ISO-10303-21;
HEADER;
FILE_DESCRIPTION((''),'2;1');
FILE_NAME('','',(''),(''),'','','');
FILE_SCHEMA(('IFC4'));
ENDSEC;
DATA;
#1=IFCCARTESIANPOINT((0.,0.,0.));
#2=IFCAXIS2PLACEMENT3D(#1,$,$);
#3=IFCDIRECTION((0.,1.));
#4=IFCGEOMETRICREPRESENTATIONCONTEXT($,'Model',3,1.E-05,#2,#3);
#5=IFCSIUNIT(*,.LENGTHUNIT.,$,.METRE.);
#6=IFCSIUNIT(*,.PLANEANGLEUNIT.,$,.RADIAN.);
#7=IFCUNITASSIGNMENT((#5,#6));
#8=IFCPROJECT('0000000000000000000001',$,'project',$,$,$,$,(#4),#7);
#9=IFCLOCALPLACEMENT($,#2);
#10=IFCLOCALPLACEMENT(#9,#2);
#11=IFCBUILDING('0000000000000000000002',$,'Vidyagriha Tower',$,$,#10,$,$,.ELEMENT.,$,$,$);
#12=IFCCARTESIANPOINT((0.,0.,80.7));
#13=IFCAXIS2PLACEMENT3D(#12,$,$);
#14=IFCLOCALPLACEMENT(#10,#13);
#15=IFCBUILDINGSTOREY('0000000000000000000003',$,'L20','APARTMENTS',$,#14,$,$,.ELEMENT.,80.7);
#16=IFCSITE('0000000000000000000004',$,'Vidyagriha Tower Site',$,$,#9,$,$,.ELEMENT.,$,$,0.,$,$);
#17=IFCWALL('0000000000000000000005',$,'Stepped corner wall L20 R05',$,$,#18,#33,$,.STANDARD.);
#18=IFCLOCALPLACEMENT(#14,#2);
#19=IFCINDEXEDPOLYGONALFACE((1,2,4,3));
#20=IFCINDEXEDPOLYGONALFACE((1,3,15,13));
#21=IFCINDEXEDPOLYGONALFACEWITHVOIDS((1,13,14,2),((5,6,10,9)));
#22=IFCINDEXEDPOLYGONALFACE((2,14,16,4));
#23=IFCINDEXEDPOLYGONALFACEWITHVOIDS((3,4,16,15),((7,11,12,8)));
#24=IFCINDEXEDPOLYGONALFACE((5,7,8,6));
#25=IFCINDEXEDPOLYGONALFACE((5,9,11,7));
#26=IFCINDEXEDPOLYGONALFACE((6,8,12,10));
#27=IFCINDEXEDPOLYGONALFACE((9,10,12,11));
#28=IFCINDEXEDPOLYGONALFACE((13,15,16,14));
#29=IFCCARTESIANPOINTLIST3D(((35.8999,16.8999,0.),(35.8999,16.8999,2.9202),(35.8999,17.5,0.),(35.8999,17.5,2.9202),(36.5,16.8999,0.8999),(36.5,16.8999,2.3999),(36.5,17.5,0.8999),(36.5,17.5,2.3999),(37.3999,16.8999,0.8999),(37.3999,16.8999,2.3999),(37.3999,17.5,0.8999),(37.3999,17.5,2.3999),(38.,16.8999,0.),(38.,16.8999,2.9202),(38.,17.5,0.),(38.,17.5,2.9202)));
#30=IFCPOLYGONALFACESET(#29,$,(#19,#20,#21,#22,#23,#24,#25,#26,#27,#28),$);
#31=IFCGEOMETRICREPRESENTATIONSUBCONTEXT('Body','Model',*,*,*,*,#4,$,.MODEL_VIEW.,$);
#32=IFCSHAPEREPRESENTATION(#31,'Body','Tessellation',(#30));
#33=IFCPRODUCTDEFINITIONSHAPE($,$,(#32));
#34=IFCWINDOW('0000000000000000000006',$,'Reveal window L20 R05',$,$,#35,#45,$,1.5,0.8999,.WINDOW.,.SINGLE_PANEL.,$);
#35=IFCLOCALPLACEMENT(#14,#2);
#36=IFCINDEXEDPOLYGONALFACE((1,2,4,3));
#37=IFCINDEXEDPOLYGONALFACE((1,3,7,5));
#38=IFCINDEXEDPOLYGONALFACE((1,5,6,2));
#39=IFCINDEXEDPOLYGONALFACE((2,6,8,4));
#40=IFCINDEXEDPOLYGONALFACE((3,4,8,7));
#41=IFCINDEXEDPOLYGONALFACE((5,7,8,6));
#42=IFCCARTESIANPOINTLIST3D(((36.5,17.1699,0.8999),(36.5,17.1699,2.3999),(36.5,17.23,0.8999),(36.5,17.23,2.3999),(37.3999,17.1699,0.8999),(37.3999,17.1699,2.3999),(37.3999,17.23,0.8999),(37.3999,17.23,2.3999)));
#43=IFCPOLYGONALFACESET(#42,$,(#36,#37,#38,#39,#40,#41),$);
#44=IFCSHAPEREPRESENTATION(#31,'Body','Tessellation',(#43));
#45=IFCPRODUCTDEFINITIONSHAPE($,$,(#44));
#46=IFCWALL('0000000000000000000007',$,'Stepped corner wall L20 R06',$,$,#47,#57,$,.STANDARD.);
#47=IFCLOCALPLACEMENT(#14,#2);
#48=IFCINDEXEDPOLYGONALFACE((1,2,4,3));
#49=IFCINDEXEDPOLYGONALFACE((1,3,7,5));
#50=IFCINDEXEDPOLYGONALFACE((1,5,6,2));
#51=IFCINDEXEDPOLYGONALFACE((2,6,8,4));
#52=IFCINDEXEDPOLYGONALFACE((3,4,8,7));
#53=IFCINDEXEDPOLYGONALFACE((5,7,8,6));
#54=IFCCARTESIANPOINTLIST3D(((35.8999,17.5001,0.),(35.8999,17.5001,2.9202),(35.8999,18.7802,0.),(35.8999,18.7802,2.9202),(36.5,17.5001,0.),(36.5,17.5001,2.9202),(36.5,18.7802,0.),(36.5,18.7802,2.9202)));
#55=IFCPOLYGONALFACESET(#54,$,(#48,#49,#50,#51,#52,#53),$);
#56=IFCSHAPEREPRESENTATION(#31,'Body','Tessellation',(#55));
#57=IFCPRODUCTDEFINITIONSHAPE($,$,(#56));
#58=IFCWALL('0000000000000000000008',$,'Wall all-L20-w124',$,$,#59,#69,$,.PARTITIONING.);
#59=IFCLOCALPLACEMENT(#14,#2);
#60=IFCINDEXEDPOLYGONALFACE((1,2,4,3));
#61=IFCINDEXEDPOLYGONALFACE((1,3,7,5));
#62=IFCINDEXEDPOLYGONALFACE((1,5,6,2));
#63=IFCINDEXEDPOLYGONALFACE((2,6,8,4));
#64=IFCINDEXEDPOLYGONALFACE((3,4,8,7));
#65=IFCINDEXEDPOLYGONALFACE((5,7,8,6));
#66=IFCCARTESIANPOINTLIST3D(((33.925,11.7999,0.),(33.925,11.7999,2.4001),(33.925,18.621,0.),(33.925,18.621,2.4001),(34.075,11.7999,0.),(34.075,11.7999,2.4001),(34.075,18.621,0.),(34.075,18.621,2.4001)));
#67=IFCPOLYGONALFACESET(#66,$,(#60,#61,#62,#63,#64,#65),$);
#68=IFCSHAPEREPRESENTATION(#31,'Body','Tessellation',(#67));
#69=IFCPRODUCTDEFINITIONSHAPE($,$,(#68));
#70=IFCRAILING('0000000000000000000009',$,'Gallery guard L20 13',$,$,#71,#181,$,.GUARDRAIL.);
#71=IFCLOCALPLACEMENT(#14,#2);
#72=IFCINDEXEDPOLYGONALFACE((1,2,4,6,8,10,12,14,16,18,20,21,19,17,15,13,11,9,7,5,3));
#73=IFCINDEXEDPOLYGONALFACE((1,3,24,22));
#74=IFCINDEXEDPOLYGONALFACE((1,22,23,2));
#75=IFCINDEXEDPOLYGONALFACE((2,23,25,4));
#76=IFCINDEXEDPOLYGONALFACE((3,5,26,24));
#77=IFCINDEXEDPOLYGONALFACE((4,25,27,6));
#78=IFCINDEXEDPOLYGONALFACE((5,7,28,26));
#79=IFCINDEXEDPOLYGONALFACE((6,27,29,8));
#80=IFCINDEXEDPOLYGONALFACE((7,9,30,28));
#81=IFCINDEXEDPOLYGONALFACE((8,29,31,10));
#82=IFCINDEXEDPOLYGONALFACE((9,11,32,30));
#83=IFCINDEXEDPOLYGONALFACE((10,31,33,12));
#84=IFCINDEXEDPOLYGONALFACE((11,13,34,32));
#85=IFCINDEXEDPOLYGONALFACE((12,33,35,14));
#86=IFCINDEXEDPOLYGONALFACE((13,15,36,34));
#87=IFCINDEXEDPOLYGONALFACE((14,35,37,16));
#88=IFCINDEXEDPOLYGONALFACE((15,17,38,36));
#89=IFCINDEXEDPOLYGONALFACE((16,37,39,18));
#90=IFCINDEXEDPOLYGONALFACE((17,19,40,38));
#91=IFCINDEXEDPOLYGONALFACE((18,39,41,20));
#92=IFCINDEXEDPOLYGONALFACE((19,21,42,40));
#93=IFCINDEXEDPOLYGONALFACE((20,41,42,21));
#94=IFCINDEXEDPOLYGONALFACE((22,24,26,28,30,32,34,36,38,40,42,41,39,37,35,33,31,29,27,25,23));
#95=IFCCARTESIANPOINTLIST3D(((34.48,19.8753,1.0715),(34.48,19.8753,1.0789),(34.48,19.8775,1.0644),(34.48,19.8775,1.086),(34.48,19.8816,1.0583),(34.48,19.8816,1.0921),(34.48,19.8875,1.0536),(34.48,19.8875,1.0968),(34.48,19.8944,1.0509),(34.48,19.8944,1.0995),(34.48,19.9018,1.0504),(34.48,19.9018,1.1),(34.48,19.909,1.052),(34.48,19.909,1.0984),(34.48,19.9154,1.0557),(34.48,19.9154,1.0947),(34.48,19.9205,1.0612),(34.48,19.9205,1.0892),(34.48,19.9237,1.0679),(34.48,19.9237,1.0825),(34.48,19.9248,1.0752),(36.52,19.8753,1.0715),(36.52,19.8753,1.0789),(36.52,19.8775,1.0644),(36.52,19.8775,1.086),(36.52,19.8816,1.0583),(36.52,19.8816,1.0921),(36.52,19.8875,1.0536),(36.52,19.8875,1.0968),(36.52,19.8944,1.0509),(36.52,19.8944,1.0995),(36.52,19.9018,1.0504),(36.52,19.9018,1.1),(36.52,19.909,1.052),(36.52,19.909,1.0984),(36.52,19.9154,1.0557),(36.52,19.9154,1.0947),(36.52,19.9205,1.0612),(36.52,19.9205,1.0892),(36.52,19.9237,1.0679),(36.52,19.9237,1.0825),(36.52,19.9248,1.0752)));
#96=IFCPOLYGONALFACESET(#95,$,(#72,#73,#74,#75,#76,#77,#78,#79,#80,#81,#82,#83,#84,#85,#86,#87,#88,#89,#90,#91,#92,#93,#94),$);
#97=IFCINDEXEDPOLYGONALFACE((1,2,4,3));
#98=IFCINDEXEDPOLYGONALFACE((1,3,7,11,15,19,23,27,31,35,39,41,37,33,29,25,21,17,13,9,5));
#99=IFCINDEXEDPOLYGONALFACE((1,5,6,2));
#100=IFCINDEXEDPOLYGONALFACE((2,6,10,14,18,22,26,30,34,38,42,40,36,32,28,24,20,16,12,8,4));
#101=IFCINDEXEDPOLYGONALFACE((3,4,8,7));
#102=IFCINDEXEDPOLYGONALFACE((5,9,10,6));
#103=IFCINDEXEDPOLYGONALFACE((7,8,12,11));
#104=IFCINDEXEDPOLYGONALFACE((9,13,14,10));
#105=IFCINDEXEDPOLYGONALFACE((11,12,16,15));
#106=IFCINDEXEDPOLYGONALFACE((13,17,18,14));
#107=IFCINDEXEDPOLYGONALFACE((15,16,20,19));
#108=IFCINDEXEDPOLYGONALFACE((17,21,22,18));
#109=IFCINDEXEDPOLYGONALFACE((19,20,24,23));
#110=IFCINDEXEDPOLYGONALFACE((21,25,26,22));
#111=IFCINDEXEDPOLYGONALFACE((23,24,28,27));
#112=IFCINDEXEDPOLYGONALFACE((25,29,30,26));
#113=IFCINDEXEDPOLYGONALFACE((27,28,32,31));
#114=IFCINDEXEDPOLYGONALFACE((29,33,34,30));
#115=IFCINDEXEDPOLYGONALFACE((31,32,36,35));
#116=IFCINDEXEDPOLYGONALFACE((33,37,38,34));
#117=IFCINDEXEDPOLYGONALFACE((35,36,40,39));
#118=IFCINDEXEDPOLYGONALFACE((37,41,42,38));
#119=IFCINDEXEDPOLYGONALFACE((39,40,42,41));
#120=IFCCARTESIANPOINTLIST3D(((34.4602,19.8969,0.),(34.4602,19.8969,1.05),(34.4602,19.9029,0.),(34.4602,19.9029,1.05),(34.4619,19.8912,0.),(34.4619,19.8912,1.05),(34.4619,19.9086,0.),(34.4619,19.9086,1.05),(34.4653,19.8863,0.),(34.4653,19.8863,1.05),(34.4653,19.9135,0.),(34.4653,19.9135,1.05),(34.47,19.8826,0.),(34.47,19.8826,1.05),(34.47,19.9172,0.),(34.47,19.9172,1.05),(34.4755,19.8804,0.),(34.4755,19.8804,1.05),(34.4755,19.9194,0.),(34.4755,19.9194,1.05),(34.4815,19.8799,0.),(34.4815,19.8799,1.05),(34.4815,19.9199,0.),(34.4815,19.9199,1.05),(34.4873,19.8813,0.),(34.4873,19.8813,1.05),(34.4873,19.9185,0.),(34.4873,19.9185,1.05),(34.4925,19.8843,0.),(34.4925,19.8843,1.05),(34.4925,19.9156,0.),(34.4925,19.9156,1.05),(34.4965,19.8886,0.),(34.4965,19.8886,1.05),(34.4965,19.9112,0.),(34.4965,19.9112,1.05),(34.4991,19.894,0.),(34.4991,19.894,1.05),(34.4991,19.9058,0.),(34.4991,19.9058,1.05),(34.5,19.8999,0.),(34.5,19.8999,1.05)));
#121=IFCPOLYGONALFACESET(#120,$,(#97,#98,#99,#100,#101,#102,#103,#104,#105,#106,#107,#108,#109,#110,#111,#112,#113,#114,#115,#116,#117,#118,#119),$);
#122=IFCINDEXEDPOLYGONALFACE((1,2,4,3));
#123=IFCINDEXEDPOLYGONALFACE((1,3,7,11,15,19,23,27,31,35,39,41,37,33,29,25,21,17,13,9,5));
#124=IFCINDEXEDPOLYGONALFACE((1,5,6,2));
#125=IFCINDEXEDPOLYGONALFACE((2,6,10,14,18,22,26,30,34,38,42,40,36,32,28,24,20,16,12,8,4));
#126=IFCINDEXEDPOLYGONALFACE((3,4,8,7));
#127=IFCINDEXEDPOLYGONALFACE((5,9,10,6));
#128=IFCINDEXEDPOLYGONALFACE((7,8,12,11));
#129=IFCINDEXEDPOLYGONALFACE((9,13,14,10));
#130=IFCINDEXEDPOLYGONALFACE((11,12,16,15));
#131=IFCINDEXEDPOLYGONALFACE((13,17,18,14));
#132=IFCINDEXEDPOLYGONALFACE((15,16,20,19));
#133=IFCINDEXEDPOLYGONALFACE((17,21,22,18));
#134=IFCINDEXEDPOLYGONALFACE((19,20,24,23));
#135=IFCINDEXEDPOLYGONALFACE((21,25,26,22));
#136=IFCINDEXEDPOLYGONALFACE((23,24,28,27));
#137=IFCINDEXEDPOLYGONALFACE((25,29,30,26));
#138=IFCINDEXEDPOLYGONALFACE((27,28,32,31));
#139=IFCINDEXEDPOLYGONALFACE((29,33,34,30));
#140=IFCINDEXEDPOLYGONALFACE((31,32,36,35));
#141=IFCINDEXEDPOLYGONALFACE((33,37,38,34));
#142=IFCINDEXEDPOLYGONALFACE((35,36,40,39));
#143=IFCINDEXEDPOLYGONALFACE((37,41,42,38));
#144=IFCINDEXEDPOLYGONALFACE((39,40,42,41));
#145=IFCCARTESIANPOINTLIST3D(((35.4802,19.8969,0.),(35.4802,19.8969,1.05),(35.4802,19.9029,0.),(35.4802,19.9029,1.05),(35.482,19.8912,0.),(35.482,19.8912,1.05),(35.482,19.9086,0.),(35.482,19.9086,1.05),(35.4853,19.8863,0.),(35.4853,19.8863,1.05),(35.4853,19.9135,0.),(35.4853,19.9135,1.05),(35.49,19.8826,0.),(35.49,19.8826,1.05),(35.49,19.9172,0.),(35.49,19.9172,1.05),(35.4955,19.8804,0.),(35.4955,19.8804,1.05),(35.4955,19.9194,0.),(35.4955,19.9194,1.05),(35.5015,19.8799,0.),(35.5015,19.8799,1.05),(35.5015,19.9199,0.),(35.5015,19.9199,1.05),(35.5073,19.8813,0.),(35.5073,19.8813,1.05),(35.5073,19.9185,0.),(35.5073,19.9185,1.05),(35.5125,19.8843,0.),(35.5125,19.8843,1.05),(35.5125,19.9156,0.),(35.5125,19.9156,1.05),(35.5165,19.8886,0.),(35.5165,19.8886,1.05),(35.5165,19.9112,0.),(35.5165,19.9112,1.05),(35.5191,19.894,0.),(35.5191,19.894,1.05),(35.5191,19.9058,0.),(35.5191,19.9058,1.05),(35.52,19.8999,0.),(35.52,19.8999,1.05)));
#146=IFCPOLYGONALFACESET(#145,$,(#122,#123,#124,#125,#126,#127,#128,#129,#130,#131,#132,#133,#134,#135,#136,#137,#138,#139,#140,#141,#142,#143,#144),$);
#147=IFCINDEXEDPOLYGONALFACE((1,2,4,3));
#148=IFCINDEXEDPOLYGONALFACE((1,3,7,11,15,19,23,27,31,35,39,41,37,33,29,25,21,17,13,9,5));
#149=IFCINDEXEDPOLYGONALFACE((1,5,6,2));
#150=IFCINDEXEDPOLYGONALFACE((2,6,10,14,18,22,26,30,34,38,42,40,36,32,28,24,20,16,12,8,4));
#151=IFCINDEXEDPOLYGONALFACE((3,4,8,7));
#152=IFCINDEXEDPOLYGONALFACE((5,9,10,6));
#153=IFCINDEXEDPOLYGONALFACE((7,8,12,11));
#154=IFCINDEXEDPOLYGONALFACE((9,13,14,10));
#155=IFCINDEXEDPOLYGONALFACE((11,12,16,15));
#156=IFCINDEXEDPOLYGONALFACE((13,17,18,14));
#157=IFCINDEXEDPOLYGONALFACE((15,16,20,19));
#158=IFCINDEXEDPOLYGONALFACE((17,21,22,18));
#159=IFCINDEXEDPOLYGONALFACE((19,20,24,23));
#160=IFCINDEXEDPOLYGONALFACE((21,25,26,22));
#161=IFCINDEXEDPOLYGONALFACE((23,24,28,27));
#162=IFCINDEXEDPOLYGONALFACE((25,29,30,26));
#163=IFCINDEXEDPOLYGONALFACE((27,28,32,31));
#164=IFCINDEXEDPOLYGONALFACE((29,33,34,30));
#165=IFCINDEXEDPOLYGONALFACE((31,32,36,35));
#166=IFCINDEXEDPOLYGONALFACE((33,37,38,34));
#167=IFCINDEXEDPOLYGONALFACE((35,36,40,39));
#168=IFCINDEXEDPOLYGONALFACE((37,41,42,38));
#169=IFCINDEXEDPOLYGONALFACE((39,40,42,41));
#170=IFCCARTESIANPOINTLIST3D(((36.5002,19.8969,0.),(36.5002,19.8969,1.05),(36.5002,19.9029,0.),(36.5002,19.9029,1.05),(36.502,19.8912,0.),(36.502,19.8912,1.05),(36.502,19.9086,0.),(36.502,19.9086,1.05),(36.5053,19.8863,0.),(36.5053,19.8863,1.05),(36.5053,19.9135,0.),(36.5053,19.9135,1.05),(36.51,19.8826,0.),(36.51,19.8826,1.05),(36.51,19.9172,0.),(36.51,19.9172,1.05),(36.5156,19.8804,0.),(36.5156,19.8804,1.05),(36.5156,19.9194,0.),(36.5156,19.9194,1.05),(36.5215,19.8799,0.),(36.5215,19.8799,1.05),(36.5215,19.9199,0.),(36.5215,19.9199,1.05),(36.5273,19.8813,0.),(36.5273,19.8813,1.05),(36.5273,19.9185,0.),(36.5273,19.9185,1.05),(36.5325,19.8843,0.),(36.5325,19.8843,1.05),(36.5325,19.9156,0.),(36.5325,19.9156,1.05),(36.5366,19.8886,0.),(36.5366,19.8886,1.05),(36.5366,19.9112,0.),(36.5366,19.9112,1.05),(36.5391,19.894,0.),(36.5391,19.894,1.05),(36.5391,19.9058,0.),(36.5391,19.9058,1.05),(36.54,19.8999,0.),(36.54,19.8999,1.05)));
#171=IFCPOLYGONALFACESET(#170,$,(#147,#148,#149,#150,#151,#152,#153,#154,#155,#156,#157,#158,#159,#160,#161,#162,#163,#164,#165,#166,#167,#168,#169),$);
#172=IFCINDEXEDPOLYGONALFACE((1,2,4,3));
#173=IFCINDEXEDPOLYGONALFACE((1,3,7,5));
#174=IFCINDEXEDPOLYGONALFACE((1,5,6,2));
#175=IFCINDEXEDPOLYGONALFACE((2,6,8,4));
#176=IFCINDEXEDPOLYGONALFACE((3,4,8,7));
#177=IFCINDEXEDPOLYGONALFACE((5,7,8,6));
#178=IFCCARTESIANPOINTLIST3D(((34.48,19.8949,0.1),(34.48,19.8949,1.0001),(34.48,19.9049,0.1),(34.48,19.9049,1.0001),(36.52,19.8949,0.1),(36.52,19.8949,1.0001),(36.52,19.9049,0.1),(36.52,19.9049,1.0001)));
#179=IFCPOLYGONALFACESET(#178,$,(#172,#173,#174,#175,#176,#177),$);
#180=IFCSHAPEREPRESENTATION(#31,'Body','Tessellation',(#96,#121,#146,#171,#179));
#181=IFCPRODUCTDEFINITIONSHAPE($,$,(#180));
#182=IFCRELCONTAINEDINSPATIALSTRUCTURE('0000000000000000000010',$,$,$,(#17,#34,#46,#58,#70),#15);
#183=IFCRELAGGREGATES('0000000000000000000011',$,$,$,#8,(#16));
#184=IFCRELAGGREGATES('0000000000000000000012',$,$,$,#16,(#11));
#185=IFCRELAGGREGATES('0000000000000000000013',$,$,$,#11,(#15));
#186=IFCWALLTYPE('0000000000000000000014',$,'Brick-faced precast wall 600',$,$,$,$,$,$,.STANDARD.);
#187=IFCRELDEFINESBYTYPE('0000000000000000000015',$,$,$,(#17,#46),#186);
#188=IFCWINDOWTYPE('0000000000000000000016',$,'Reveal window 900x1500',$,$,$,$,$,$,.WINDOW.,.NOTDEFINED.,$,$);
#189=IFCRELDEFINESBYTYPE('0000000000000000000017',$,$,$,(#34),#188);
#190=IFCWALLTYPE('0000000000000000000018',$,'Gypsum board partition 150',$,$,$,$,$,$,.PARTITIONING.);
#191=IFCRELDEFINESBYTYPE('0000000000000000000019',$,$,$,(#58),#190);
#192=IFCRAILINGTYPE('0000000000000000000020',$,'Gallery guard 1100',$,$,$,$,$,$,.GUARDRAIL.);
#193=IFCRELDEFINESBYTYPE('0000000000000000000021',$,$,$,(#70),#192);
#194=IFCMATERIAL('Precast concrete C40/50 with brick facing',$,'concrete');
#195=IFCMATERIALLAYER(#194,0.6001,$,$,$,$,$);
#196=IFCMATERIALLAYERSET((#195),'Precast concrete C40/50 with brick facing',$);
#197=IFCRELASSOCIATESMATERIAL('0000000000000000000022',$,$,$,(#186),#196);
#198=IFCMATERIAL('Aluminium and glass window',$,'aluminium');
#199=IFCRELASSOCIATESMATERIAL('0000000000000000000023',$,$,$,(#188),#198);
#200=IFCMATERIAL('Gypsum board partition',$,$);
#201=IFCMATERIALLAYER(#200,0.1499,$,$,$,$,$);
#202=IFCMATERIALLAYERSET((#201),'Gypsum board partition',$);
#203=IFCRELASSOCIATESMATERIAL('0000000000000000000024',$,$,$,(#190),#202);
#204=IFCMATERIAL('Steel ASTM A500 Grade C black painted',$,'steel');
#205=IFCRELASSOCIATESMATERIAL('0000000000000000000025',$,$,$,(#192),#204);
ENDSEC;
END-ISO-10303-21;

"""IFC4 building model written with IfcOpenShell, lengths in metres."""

from ifc_helpers import new_model, si_unit, direction, frame, frame_2d, origin, origin_2d, place, context, subcontext, project, spatial, rectangle, circle, extrude, material, layer, layer_set, type_object, element, fill, save


model = new_model("IFC4")

# Units and contexts
model_context = context("Model", 3, precision=1e-05, world=origin(), true_north=direction((0.0, 1.0)))
body_context = subcontext(model_context, "Body", "Model", "MODEL_VIEW")
ifc_project = project(units=[si_unit("LENGTHUNIT", "METRE"), si_unit("PLANEANGLEUNIT", "RADIAN")], contexts=[model_context])

# Site, building, storey
site_placement = place(None, origin())
site = spatial("IfcSite", under=ifc_project, at=site_placement, Name="Vidyagriha Tower Site", CompositionType="ELEMENT", RefElevation=0.0)
building_placement = place(site_placement, origin())
building = spatial("IfcBuilding", under=site, at=building_placement, Name="Vidyagriha Tower", CompositionType="ELEMENT")
storey_placement = place(building_placement, frame((0.0, 0.0, 80.7)))
storey = spatial("IfcBuildingStorey", under=building, at=storey_placement, Name="L20", Description="APARTMENTS", CompositionType="ELEMENT", Elevation=80.7)

# Shared definitions
ifc_material_1 = material(Name="Precast concrete C40/50 with brick facing", Category="concrete")
ifc_layer_1 = layer(ifc_material_1, 0.6001)
ifc_layer_set_1 = layer_set([ifc_layer_1], Name="Precast concrete C40/50 with brick facing")
wall_type_1 = type_object("IfcWallType", Name="Brick-faced precast wall 600", PredefinedType="STANDARD", material=ifc_layer_set_1)
ifc_material_2 = material(Name="Aluminium and glass window", Category="aluminium")
window_type = type_object("IfcWindowType", Name="Reveal window 900x1500", PartitioningType="NOTDEFINED", PredefinedType="WINDOW", material=ifc_material_2)

# Wall, opening, window
wall_1_placement = place(storey_placement, frame((38.0, 17.2, 0.0), z_axis=(0.0, 0.0, 1.0), x_axis=(-1.0, 0.0, 0.0)))
wall_1 = element("IfcWall", 1, at=wall_1_placement, inside=storey, type_object=wall_type_1, Name="Stepped corner wall L20 R05", PredefinedType="STANDARD", context=body_context, shape_type="SweptSolid", body=[
    extrude(rectangle(XDim=2.1001, YDim=0.6001, at=frame_2d((1.05, 0.0))), origin(), (0.0, 0.0, 1.0), 2.9202),
])
opening_1_placement = place(wall_1_placement, frame((0.6001, 0.0, 0.8999)))
opening_1 = element("IfcOpeningElement", 2, at=opening_1_placement, cuts=wall_1, PredefinedType="OPENING", context=body_context, shape_type="SweptSolid", body=[
    extrude(rectangle(XDim=0.8999, YDim=1.5, at=frame_2d((0.45, 0.75))), frame((0.0, 0.3101, 0.0), z_axis=(0.0, -1.0, 0.0), x_axis=(1.0, 0.0, 0.0)), (0.0, 0.0, 1.0), 0.6201),
])
window_1_placement = place(opening_1_placement, origin())
window_1 = element("IfcWindow", 3, at=window_1_placement, inside=storey, type_object=window_type, Name="Reveal window L20 R05", OverallHeight=1.5, OverallWidth=0.8999, PartitioningType="SINGLE_PANEL", PredefinedType="WINDOW", context=body_context, shape_type="SweptSolid", body=[
    extrude(rectangle(XDim=0.8999, YDim=1.5, at=frame_2d((0.45, 0.75))), frame((0.0, 0.03, 0.0), z_axis=(0.0, -1.0, 0.0), x_axis=(1.0, 0.0, 0.0)), (0.0, 0.0, 1.0), 0.0601),
])
fill(opening_1, window_1)

# Walls
wall_2_placement = place(storey_placement, frame((36.2, 17.5, 0.0), z_axis=(0.0, 0.0, 1.0), x_axis=(0.0, 1.0, 0.0)))
element("IfcWall", 4, at=wall_2_placement, inside=storey, type_object=wall_type_1, Name="Stepped corner wall L20 R06", PredefinedType="STANDARD", context=body_context, shape_type="SweptSolid", body=[
    extrude(rectangle(XDim=1.28, YDim=0.6001, at=frame_2d((0.6401, 0.0))), origin(), (0.0, 0.0, 1.0), 2.9202),
])
ifc_material_3 = material(Name="Gypsum board partition")
ifc_layer_2 = layer(ifc_material_3, 0.1499)
ifc_layer_set_2 = layer_set([ifc_layer_2], Name="Gypsum board partition")
wall_type_2 = type_object("IfcWallType", Name="Gypsum board partition 150", PredefinedType="PARTITIONING", material=ifc_layer_set_2)
wall_3_placement = place(storey_placement, frame((34.0, 18.6211, 0.0), z_axis=(0.0, 0.0, 1.0), x_axis=(0.0, -1.0, 0.0)))
element("IfcWall", 5, at=wall_3_placement, inside=storey, type_object=wall_type_2, Name="Wall all-L20-w124", PredefinedType="PARTITIONING", context=body_context, shape_type="SweptSolid", body=[
    extrude(rectangle(XDim=6.821, YDim=0.1499, at=frame_2d((3.4106, 0.0))), origin(), (0.0, 0.0, 1.0), 2.4001),
])

# Railing
ifc_material_4 = material(Name="Steel ASTM A500 Grade C black painted", Category="steel")
railing_type = type_object("IfcRailingType", Name="Gallery guard 1100", PredefinedType="GUARDRAIL", material=ifc_material_4)
railing_1_placement = place(storey_placement, frame((34.48, 19.8999, 0.0)))
element("IfcRailing", 6, at=railing_1_placement, inside=storey, type_object=railing_type, Name="Gallery guard L20 13", PredefinedType="GUARDRAIL", context=body_context, shape_type="SweptSolid", body=[
    extrude(circle(Radius=0.0249, at=origin_2d()), frame((0.0, 0.0, 1.0752), z_axis=(1.0, 0.0, 0.0), x_axis=(0.0, 1.0, 0.0)), (0.0, 0.0, 1.0), 2.04),
    extrude(circle(Radius=0.02, at=origin_2d()), origin(), (0.0, 0.0, 1.0), 1.05),
    extrude(circle(Radius=0.02, at=origin_2d()), frame((1.02, 0.0, 0.0)), (0.0, 0.0, 1.0), 1.05),
    extrude(circle(Radius=0.02, at=origin_2d()), frame((2.04, 0.0, 0.0)), (0.0, 0.0, 1.0), 1.05),
    extrude(rectangle(XDim=0.01, YDim=0.9001, at=origin_2d()), frame((0.0, 0.0, 0.55), z_axis=(1.0, 0.0, 0.0), x_axis=(0.0, 1.0, 0.0)), (0.0, 0.0, 1.0), 2.04),
])

save(model, "model.ifc")
